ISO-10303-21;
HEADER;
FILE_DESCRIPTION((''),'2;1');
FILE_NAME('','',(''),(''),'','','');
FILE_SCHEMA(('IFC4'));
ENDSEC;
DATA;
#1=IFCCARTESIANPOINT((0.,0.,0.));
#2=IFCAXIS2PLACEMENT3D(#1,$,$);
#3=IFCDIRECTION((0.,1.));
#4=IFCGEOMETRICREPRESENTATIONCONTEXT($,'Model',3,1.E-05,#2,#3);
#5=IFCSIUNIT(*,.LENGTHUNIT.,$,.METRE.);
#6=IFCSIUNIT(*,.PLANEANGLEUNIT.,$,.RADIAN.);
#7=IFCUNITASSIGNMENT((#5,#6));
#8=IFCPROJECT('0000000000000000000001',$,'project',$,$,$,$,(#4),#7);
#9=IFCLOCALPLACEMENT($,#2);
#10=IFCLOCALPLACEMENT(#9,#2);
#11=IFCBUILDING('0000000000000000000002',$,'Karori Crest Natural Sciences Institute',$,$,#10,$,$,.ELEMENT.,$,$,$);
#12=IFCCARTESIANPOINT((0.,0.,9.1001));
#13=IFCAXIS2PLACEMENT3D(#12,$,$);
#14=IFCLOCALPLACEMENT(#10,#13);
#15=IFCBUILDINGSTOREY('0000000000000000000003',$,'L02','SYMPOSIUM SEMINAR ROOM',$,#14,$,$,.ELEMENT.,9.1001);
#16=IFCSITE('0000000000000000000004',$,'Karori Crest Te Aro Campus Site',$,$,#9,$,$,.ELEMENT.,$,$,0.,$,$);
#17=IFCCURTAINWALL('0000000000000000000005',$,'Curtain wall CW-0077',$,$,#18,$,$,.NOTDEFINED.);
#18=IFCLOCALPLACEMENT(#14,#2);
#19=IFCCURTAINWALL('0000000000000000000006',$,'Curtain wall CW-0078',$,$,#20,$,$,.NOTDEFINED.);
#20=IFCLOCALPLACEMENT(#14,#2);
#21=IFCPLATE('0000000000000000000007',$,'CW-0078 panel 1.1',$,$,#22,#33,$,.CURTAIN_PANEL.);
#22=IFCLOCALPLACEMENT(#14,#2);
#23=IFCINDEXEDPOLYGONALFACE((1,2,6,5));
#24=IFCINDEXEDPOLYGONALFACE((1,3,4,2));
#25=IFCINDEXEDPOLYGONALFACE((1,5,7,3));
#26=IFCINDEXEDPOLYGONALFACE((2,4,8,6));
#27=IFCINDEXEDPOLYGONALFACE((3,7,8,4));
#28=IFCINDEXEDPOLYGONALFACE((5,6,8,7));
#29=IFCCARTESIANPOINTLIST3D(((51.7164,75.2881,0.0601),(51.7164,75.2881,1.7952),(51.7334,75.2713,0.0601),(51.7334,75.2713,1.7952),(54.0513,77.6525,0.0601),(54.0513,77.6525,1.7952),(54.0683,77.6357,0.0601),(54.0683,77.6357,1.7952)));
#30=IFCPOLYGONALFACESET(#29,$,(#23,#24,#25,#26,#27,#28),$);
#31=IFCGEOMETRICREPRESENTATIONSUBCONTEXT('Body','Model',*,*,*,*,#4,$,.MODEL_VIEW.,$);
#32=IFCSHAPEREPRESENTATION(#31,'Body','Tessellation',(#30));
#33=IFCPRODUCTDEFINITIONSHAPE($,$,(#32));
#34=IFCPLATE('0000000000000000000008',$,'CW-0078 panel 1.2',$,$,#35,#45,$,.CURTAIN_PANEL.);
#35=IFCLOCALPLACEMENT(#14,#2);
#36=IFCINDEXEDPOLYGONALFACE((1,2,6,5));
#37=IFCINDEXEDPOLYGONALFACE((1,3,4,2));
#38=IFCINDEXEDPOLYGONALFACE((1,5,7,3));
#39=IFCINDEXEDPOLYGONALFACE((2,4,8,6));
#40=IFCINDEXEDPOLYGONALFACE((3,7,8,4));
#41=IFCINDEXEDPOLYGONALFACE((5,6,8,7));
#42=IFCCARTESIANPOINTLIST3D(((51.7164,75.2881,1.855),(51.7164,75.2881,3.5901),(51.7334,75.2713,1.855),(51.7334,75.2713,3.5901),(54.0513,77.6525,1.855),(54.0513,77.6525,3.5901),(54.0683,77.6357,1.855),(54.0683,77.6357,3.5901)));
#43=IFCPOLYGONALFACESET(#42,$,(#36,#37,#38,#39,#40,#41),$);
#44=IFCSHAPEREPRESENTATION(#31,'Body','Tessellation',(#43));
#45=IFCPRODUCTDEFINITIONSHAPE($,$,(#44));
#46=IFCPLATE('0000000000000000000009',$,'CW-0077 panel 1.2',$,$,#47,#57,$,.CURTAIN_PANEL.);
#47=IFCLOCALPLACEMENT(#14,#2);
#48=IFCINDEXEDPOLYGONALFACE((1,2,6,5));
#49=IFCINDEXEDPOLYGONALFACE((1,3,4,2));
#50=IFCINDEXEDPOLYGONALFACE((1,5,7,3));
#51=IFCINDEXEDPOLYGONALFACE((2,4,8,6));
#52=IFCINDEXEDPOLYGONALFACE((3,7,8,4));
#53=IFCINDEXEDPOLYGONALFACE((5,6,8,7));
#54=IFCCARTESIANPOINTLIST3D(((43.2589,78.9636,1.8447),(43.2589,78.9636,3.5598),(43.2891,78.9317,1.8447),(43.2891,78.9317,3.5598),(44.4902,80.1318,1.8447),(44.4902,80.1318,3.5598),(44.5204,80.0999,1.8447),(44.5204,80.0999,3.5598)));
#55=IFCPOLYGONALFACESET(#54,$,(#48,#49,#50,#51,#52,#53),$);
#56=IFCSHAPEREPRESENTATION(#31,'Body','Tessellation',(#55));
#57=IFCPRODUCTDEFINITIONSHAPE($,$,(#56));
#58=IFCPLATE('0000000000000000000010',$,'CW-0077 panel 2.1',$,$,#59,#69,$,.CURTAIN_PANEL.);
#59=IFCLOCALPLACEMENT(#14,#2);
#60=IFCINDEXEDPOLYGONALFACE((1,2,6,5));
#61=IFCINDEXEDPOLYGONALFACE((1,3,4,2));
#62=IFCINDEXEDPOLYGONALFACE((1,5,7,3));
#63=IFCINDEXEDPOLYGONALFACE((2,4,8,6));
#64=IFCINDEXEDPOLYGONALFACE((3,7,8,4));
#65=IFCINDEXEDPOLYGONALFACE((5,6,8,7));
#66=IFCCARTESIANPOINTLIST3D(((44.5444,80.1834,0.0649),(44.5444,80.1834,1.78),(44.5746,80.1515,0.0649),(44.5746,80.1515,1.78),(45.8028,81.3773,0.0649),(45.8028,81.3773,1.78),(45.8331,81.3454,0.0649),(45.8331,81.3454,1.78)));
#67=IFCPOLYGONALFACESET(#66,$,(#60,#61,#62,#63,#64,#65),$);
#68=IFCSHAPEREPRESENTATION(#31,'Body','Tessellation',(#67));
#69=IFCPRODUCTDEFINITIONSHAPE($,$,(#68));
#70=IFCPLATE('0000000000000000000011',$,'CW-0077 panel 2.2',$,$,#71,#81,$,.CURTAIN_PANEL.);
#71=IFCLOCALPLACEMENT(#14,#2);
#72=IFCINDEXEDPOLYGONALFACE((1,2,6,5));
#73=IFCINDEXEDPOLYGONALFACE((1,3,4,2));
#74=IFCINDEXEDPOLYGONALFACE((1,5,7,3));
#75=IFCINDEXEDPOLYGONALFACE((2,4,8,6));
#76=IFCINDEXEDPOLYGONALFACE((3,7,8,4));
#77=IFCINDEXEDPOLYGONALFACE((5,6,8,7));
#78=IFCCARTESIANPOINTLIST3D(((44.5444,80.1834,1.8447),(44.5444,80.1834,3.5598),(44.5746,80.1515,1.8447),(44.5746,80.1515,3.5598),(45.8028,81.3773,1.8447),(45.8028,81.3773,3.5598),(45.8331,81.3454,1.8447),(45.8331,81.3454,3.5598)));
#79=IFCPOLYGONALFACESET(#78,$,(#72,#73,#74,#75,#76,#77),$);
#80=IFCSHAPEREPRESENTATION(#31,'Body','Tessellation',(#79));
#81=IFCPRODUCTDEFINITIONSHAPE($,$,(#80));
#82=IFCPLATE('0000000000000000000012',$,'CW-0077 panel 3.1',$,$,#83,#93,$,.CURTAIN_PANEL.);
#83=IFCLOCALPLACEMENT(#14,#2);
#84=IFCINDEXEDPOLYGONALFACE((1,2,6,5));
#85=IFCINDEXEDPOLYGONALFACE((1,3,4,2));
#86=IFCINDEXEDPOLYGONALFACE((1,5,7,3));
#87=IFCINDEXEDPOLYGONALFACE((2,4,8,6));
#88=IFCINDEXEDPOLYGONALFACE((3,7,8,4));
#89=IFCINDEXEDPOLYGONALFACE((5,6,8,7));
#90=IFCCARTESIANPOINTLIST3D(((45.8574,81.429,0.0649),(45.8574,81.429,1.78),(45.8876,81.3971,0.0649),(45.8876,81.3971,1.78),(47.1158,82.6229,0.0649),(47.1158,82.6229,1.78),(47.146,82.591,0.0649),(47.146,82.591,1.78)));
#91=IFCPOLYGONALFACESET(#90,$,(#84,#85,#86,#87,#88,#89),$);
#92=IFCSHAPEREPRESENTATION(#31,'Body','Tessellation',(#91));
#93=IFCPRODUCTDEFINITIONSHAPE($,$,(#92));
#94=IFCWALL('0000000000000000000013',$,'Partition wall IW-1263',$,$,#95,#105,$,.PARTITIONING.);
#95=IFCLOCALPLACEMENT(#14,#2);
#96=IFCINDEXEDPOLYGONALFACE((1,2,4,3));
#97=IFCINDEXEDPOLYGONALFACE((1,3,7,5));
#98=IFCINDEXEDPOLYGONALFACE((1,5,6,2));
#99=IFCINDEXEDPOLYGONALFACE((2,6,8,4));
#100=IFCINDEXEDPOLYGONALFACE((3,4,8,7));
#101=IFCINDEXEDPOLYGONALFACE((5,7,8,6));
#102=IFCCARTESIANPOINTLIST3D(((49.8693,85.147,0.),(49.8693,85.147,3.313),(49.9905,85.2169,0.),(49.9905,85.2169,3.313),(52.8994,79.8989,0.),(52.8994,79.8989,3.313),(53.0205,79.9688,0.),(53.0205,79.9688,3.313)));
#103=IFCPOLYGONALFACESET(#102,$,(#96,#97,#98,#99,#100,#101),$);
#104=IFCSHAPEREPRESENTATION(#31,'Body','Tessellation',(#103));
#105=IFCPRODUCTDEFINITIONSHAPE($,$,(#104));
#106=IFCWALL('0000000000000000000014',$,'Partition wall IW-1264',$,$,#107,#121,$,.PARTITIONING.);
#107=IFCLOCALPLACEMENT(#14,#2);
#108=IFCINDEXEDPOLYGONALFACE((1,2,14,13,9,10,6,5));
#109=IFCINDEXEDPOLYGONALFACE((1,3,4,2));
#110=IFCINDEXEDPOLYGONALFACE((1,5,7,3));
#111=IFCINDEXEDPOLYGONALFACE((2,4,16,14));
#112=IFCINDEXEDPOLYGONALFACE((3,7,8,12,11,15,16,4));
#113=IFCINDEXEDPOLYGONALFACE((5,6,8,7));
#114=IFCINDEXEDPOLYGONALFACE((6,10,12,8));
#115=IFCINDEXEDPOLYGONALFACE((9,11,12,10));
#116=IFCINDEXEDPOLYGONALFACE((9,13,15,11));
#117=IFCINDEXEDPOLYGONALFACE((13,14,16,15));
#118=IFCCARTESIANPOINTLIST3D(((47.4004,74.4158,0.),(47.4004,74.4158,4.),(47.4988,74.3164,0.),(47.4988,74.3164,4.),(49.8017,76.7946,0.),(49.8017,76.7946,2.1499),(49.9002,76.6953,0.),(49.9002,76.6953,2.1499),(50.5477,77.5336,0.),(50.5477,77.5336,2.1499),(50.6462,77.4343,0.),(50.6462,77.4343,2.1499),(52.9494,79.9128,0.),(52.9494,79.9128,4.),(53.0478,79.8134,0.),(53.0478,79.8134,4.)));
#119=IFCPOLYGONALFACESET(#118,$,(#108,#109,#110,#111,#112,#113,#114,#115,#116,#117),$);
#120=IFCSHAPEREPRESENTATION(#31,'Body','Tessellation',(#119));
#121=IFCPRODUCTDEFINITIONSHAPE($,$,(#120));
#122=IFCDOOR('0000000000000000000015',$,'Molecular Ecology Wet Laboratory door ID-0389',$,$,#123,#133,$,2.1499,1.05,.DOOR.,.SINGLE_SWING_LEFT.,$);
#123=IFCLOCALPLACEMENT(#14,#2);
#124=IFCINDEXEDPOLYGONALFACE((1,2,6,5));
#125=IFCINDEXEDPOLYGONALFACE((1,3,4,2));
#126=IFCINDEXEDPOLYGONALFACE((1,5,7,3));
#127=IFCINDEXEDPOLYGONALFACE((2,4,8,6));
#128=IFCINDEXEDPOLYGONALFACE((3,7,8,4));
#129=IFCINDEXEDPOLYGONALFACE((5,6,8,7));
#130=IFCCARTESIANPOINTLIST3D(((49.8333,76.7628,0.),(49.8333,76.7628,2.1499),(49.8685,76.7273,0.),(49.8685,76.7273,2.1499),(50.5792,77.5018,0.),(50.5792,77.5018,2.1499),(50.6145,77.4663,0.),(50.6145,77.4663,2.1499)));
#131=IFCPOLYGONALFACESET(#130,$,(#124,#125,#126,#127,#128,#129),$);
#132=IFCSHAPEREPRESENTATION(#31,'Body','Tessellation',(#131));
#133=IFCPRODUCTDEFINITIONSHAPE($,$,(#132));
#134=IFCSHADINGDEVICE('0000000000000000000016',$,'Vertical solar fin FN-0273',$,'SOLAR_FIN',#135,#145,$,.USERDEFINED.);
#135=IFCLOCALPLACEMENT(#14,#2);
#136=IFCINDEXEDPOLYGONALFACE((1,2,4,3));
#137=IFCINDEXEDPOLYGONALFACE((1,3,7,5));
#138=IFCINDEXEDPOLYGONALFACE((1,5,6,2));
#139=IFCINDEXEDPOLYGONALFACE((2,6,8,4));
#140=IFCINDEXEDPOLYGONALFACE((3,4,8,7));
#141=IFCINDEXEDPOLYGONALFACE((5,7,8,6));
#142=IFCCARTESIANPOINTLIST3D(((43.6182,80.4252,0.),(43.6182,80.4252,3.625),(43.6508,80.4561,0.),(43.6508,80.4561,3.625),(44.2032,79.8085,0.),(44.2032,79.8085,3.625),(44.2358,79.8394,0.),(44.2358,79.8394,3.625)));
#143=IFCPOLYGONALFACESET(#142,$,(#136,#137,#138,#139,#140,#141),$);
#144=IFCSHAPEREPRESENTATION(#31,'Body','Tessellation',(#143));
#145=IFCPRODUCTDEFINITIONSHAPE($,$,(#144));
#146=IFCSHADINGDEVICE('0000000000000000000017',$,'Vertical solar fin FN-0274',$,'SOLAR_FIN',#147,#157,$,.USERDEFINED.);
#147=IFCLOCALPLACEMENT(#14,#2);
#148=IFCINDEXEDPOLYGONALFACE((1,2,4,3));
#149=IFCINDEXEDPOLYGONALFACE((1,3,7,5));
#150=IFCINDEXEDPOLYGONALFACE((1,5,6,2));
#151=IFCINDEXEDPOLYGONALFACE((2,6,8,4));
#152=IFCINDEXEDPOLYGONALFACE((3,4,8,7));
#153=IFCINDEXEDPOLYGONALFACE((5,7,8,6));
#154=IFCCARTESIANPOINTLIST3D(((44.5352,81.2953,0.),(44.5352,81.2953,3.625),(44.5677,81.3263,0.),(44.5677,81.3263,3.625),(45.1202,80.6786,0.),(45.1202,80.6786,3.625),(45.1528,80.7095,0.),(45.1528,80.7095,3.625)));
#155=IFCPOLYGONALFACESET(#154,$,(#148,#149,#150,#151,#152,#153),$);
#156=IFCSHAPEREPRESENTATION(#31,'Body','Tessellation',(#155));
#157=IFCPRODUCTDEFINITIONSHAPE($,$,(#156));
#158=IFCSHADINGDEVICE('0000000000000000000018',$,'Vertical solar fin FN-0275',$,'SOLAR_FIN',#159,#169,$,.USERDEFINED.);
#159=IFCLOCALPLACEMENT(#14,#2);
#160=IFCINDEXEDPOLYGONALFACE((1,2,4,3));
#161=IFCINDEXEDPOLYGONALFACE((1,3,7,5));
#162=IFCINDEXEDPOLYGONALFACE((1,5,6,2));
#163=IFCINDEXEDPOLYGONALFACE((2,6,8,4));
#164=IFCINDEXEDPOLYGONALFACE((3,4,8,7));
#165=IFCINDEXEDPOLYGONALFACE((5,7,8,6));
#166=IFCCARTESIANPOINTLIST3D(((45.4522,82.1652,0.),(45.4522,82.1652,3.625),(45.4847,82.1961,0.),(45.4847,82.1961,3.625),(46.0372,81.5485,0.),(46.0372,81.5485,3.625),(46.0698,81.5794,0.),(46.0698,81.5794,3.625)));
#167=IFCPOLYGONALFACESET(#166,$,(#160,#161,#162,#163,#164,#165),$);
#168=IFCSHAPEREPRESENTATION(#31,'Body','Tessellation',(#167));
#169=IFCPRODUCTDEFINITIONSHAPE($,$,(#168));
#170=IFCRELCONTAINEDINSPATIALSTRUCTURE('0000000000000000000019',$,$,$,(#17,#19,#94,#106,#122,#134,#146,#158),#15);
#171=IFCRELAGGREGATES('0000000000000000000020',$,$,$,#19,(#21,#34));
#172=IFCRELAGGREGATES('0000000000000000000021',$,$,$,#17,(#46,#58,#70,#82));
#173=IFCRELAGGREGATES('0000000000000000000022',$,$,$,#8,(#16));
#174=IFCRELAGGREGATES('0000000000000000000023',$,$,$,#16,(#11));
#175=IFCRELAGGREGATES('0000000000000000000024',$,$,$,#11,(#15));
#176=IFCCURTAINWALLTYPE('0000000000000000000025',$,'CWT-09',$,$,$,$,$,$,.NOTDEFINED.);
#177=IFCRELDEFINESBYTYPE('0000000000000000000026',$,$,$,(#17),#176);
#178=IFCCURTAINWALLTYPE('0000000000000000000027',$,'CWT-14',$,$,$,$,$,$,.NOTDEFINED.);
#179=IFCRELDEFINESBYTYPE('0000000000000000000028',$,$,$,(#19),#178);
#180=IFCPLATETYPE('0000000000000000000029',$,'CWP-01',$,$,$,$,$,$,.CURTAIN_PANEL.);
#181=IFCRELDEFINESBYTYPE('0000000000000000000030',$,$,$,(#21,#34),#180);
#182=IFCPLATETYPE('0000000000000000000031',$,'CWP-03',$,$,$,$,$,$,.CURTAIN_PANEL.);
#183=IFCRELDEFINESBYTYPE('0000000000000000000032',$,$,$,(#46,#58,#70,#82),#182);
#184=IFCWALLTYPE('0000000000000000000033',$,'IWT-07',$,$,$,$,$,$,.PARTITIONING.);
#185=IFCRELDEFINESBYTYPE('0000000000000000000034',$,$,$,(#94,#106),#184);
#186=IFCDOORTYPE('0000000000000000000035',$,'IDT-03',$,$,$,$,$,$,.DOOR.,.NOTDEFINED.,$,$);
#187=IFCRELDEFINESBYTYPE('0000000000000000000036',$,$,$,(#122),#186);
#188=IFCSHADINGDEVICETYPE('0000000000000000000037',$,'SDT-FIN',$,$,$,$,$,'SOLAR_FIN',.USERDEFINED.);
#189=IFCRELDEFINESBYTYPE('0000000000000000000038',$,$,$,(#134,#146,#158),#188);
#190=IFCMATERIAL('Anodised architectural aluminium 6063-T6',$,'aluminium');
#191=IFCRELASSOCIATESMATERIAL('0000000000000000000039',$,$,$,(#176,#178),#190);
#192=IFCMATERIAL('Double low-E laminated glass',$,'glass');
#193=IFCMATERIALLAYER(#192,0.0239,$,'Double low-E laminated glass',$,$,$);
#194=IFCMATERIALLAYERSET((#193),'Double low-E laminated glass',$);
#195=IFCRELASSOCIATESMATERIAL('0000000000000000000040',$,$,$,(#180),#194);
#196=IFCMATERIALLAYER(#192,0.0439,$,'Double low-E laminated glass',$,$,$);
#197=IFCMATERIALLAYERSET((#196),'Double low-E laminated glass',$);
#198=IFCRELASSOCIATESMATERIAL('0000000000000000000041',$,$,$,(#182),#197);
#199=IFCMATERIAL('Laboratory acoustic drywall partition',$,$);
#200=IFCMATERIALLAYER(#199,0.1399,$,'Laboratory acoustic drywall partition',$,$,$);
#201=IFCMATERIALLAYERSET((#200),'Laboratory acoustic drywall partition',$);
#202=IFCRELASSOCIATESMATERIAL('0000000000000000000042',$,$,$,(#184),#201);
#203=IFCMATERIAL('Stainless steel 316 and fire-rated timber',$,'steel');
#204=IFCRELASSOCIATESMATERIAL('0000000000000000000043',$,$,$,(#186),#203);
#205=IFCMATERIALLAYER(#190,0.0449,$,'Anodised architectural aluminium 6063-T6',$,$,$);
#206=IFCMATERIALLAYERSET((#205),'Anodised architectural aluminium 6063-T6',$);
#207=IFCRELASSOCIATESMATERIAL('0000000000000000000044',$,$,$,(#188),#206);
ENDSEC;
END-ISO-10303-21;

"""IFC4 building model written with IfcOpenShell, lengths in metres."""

from ifc_helpers import new_model, si_unit, direction, frame, frame_2d, origin, origin_2d, place, context, subcontext, project, spatial, rectangle, extrude, material, layer, layer_set, type_object, element, fill, aggregate, save


model = new_model("IFC4")

# Units and contexts
model_context = context("Model", 3, precision=1e-05, world=origin(), true_north=direction((0.0, 1.0)))
body_context = subcontext(model_context, "Body", "Model", "MODEL_VIEW")
ifc_project = project(units=[si_unit("LENGTHUNIT", "METRE"), si_unit("PLANEANGLEUNIT", "RADIAN")], contexts=[model_context])

# Site, building, storey
site_placement = place(None, origin())
site = spatial("IfcSite", under=ifc_project, at=site_placement, Name="Karori Crest Te Aro Campus Site", CompositionType="ELEMENT", RefElevation=0.0)
building_placement = place(site_placement, origin())
building = spatial("IfcBuilding", under=site, at=building_placement, Name="Karori Crest Natural Sciences Institute", CompositionType="ELEMENT")
storey_placement = place(building_placement, frame((0.0, 0.0, 9.1001)))
storey = spatial("IfcBuildingStorey", under=building, at=storey_placement, Name="L02", Description="SYMPOSIUM SEMINAR ROOM", CompositionType="ELEMENT", Elevation=9.1001)

# Curtain wall
ifc_material_1 = material(Name="Anodised architectural aluminium 6063-T6", Category="aluminium")
curtain_wall_type_1 = type_object("IfcCurtainWallType", Name="CWT-09", PredefinedType="NOTDEFINED", material=ifc_material_1)
curtain_wall_1_placement = place(storey_placement, origin())
curtain_wall_1 = element("IfcCurtainWall", 1, at=curtain_wall_1_placement, inside=storey, type_object=curtain_wall_type_1, Name="Curtain wall CW-0077", PredefinedType="NOTDEFINED")

# Curtain wall, plates
curtain_wall_type_2 = type_object("IfcCurtainWallType", Name="CWT-14", PredefinedType="NOTDEFINED", material=ifc_material_1)
curtain_wall_2_placement = place(storey_placement, origin())
curtain_wall_2 = element("IfcCurtainWall", 2, at=curtain_wall_2_placement, inside=storey, type_object=curtain_wall_type_2, Name="Curtain wall CW-0078", PredefinedType="NOTDEFINED")
ifc_material_2 = material(Name="Double low-E laminated glass", Category="glass")
ifc_layer_1 = layer(ifc_material_2, 0.0239, Name="Double low-E laminated glass")
ifc_layer_set_1 = layer_set([ifc_layer_1], Name="Double low-E laminated glass")
plate_type_1 = type_object("IfcPlateType", Name="CWP-01", PredefinedType="CURTAIN_PANEL", material=ifc_layer_set_1)
plate_1_placement = place(storey_placement, frame((52.8923, 76.4619, 0.0601), z_axis=(0.0, 0.0, 1.0), x_axis=(-0.702656, -0.711529, 0.0)))
plate_1 = element("IfcPlate", 3, at=plate_1_placement, type_object=plate_type_1, Name="CW-0078 panel 1.1", PredefinedType="CURTAIN_PANEL", context=body_context, shape_type="SweptSolid", body=[
    extrude(rectangle(XDim=3.323, YDim=0.0239, at=origin_2d()), origin(), (0.0, 0.0, 1.0), 1.7351),
])
plate_2_placement = place(storey_placement, frame((52.8923, 76.4619, 1.855), z_axis=(0.0, 0.0, 1.0), x_axis=(-0.702656, -0.711529, 0.0)))
plate_2 = element("IfcPlate", 4, at=plate_2_placement, type_object=plate_type_1, Name="CW-0078 panel 1.2", PredefinedType="CURTAIN_PANEL", context=body_context, shape_type="SweptSolid", body=[
    extrude(rectangle(XDim=3.323, YDim=0.0239, at=origin_2d()), origin(), (0.0, 0.0, 1.0), 1.7351),
])
aggregate(curtain_wall_2, [plate_1, plate_2])

# Plates
ifc_layer_2 = layer(ifc_material_2, 0.0439, Name="Double low-E laminated glass")
ifc_layer_set_2 = layer_set([ifc_layer_2], Name="Double low-E laminated glass")
plate_type_2 = type_object("IfcPlateType", Name="CWP-03", PredefinedType="CURTAIN_PANEL", material=ifc_layer_set_2)
plate_3_placement = place(storey_placement, frame((43.8896, 79.5317, 1.8447), z_axis=(0.0, 0.0, 1.0), x_axis=(0.725473, 0.688251, 0.0)))
plate_3 = element("IfcPlate", 5, at=plate_3_placement, type_object=plate_type_2, Name="CW-0077 panel 1.2", PredefinedType="CURTAIN_PANEL", context=body_context, shape_type="SweptSolid", body=[
    extrude(rectangle(XDim=1.6973, YDim=0.0439, at=origin_2d()), origin(), (0.0, 0.0, 1.0), 1.7151),
])
plate_4_placement = place(storey_placement, frame((45.1887, 80.7644, 0.0649), z_axis=(0.0, 0.0, 1.0), x_axis=(0.725473, 0.688251, 0.0)))
plate_4 = element("IfcPlate", 6, at=plate_4_placement, type_object=plate_type_2, Name="CW-0077 panel 2.1", PredefinedType="CURTAIN_PANEL", context=body_context, shape_type="SweptSolid", body=[
    extrude(rectangle(XDim=1.7346, YDim=0.0439, at=origin_2d()), origin(), (0.0, 0.0, 1.0), 1.7151),
])
plate_5_placement = place(storey_placement, frame((45.1887, 80.7644, 1.8447), z_axis=(0.0, 0.0, 1.0), x_axis=(0.725473, 0.688251, 0.0)))
plate_5 = element("IfcPlate", 7, at=plate_5_placement, type_object=plate_type_2, Name="CW-0077 panel 2.2", PredefinedType="CURTAIN_PANEL", context=body_context, shape_type="SweptSolid", body=[
    extrude(rectangle(XDim=1.7346, YDim=0.0439, at=origin_2d()), origin(), (0.0, 0.0, 1.0), 1.7151),
])
plate_6_placement = place(storey_placement, frame((46.5017, 82.01, 0.0649), z_axis=(0.0, 0.0, 1.0), x_axis=(0.725473, 0.688251, 0.0)))
plate_6 = element("IfcPlate", 8, at=plate_6_placement, type_object=plate_type_2, Name="CW-0077 panel 3.1", PredefinedType="CURTAIN_PANEL", context=body_context, shape_type="SweptSolid", body=[
    extrude(rectangle(XDim=1.7346, YDim=0.0439, at=origin_2d()), origin(), (0.0, 0.0, 1.0), 1.7151),
])
aggregate(curtain_wall_1, [plate_3, plate_4, plate_5, plate_6])

# Wall
ifc_material_3 = material(Name="Laboratory acoustic drywall partition")
ifc_layer_3 = layer(ifc_material_3, 0.1399, Name="Laboratory acoustic drywall partition")
ifc_layer_set_3 = layer_set([ifc_layer_3], Name="Laboratory acoustic drywall partition")
wall_type = type_object("IfcWallType", Name="IWT-07", PredefinedType="PARTITIONING", material=ifc_layer_set_3)
wall_1_placement = place(storey_placement, frame((52.96, 79.9338, 0.0), z_axis=(0.0, 0.0, 1.0), x_axis=(-0.500008, 0.866021, 0.0)))
element("IfcWall", 9, at=wall_1_placement, inside=storey, type_object=wall_type, Name="Partition wall IW-1263", PredefinedType="PARTITIONING", context=body_context, shape_type="SweptSolid", body=[
    extrude(rectangle(XDim=6.0601, YDim=0.1399, at=frame_2d((3.03, 0.0))), origin(), (0.0, 0.0, 1.0), 3.313),
])

# Wall, opening, door
wall_2_placement = place(storey_placement, frame((52.9985, 79.863, 0.0), z_axis=(0.0, 0.0, 1.0), x_axis=(-0.710428, -0.70377, 0.0)))
wall_2 = element("IfcWall", 10, at=wall_2_placement, inside=storey, type_object=wall_type, Name="Partition wall IW-1264", PredefinedType="PARTITIONING", context=body_context, shape_type="SweptSolid", body=[
    extrude(rectangle(XDim=7.8108, YDim=0.1399, at=frame_2d((3.9053, 0.0))), origin(), (0.0, 0.0, 1.0), 4.0),
])
opening_placement = place(wall_2_placement, frame((3.3806, 0.0, 0.0)))
opening = element("IfcOpeningElement", 11, at=opening_placement, cuts=wall_2, PredefinedType="OPENING", context=body_context, shape_type="SweptSolid", body=[
    extrude(rectangle(XDim=1.05, YDim=2.1499, at=frame_2d((0.5249, 1.075))), frame((0.0, 0.0801, 0.0), z_axis=(0.0, -1.0, 0.0), x_axis=(1.0, 0.0, 0.0)), (0.0, 0.0, 1.0), 0.1599),
])
ifc_material_4 = material(Name="Stainless steel 316 and fire-rated timber", Category="steel")
door_type = type_object("IfcDoorType", Name="IDT-03", OperationType="NOTDEFINED", PredefinedType="DOOR", material=ifc_material_4)
door_placement = place(opening_placement, origin())
door = element("IfcDoor", 12, at=door_placement, inside=storey, type_object=door_type, Name="Molecular Ecology Wet Laboratory door ID-0389", OperationType="SINGLE_SWING_LEFT", OverallHeight=2.1499, OverallWidth=1.05, PredefinedType="DOOR", context=body_context, shape_type="SweptSolid", body=[
    extrude(rectangle(XDim=1.05, YDim=2.1499, at=frame_2d((0.5249, 1.075))), frame((0.0, 0.0249, 0.0), z_axis=(0.0, -1.0, 0.0), x_axis=(1.0, 0.0, 0.0)), (0.0, 0.0, 1.0), 0.05),
])
fill(opening, door)

# Shading devices
ifc_layer_4 = layer(ifc_material_1, 0.0449, Name="Anodised architectural aluminium 6063-T6")
ifc_layer_set_4 = layer_set([ifc_layer_4], Name="Anodised architectural aluminium 6063-T6")
shading_device_type = type_object("IfcShadingDeviceType", Name="SDT-FIN", ElementType="SOLAR_FIN", PredefinedType="USERDEFINED", material=ifc_layer_set_4)
for number, where, z_axis, x_axis, name in (
    (13, (43.927, 80.1323, 0.0), (0.0, 0.0, 1.0), (-0.688251, 0.725473, 0.0), "Vertical solar fin FN-0273"),
    (14, (44.844, 81.0024, 0.0), (0.0, 0.0, 1.0), (-0.688251, 0.725473, 0.0), "Vertical solar fin FN-0274"),
    (15, (45.761, 81.8723, 0.0), (0.0, 0.0, 1.0), (-0.688251, 0.725473, 0.0), "Vertical solar fin FN-0275"),
):
    element("IfcShadingDevice", number, at=place(storey_placement, frame(where, z_axis=z_axis, x_axis=x_axis)), inside=storey, type_object=shading_device_type, Name=name, ObjectType="SOLAR_FIN", PredefinedType="USERDEFINED", context=body_context, shape_type="SweptSolid", body=[
        extrude(rectangle(XDim=0.8501, YDim=0.0449, at=origin_2d()), origin(), (0.0, 0.0, 1.0), 3.625),
    ])

save(model, "model.ifc")
